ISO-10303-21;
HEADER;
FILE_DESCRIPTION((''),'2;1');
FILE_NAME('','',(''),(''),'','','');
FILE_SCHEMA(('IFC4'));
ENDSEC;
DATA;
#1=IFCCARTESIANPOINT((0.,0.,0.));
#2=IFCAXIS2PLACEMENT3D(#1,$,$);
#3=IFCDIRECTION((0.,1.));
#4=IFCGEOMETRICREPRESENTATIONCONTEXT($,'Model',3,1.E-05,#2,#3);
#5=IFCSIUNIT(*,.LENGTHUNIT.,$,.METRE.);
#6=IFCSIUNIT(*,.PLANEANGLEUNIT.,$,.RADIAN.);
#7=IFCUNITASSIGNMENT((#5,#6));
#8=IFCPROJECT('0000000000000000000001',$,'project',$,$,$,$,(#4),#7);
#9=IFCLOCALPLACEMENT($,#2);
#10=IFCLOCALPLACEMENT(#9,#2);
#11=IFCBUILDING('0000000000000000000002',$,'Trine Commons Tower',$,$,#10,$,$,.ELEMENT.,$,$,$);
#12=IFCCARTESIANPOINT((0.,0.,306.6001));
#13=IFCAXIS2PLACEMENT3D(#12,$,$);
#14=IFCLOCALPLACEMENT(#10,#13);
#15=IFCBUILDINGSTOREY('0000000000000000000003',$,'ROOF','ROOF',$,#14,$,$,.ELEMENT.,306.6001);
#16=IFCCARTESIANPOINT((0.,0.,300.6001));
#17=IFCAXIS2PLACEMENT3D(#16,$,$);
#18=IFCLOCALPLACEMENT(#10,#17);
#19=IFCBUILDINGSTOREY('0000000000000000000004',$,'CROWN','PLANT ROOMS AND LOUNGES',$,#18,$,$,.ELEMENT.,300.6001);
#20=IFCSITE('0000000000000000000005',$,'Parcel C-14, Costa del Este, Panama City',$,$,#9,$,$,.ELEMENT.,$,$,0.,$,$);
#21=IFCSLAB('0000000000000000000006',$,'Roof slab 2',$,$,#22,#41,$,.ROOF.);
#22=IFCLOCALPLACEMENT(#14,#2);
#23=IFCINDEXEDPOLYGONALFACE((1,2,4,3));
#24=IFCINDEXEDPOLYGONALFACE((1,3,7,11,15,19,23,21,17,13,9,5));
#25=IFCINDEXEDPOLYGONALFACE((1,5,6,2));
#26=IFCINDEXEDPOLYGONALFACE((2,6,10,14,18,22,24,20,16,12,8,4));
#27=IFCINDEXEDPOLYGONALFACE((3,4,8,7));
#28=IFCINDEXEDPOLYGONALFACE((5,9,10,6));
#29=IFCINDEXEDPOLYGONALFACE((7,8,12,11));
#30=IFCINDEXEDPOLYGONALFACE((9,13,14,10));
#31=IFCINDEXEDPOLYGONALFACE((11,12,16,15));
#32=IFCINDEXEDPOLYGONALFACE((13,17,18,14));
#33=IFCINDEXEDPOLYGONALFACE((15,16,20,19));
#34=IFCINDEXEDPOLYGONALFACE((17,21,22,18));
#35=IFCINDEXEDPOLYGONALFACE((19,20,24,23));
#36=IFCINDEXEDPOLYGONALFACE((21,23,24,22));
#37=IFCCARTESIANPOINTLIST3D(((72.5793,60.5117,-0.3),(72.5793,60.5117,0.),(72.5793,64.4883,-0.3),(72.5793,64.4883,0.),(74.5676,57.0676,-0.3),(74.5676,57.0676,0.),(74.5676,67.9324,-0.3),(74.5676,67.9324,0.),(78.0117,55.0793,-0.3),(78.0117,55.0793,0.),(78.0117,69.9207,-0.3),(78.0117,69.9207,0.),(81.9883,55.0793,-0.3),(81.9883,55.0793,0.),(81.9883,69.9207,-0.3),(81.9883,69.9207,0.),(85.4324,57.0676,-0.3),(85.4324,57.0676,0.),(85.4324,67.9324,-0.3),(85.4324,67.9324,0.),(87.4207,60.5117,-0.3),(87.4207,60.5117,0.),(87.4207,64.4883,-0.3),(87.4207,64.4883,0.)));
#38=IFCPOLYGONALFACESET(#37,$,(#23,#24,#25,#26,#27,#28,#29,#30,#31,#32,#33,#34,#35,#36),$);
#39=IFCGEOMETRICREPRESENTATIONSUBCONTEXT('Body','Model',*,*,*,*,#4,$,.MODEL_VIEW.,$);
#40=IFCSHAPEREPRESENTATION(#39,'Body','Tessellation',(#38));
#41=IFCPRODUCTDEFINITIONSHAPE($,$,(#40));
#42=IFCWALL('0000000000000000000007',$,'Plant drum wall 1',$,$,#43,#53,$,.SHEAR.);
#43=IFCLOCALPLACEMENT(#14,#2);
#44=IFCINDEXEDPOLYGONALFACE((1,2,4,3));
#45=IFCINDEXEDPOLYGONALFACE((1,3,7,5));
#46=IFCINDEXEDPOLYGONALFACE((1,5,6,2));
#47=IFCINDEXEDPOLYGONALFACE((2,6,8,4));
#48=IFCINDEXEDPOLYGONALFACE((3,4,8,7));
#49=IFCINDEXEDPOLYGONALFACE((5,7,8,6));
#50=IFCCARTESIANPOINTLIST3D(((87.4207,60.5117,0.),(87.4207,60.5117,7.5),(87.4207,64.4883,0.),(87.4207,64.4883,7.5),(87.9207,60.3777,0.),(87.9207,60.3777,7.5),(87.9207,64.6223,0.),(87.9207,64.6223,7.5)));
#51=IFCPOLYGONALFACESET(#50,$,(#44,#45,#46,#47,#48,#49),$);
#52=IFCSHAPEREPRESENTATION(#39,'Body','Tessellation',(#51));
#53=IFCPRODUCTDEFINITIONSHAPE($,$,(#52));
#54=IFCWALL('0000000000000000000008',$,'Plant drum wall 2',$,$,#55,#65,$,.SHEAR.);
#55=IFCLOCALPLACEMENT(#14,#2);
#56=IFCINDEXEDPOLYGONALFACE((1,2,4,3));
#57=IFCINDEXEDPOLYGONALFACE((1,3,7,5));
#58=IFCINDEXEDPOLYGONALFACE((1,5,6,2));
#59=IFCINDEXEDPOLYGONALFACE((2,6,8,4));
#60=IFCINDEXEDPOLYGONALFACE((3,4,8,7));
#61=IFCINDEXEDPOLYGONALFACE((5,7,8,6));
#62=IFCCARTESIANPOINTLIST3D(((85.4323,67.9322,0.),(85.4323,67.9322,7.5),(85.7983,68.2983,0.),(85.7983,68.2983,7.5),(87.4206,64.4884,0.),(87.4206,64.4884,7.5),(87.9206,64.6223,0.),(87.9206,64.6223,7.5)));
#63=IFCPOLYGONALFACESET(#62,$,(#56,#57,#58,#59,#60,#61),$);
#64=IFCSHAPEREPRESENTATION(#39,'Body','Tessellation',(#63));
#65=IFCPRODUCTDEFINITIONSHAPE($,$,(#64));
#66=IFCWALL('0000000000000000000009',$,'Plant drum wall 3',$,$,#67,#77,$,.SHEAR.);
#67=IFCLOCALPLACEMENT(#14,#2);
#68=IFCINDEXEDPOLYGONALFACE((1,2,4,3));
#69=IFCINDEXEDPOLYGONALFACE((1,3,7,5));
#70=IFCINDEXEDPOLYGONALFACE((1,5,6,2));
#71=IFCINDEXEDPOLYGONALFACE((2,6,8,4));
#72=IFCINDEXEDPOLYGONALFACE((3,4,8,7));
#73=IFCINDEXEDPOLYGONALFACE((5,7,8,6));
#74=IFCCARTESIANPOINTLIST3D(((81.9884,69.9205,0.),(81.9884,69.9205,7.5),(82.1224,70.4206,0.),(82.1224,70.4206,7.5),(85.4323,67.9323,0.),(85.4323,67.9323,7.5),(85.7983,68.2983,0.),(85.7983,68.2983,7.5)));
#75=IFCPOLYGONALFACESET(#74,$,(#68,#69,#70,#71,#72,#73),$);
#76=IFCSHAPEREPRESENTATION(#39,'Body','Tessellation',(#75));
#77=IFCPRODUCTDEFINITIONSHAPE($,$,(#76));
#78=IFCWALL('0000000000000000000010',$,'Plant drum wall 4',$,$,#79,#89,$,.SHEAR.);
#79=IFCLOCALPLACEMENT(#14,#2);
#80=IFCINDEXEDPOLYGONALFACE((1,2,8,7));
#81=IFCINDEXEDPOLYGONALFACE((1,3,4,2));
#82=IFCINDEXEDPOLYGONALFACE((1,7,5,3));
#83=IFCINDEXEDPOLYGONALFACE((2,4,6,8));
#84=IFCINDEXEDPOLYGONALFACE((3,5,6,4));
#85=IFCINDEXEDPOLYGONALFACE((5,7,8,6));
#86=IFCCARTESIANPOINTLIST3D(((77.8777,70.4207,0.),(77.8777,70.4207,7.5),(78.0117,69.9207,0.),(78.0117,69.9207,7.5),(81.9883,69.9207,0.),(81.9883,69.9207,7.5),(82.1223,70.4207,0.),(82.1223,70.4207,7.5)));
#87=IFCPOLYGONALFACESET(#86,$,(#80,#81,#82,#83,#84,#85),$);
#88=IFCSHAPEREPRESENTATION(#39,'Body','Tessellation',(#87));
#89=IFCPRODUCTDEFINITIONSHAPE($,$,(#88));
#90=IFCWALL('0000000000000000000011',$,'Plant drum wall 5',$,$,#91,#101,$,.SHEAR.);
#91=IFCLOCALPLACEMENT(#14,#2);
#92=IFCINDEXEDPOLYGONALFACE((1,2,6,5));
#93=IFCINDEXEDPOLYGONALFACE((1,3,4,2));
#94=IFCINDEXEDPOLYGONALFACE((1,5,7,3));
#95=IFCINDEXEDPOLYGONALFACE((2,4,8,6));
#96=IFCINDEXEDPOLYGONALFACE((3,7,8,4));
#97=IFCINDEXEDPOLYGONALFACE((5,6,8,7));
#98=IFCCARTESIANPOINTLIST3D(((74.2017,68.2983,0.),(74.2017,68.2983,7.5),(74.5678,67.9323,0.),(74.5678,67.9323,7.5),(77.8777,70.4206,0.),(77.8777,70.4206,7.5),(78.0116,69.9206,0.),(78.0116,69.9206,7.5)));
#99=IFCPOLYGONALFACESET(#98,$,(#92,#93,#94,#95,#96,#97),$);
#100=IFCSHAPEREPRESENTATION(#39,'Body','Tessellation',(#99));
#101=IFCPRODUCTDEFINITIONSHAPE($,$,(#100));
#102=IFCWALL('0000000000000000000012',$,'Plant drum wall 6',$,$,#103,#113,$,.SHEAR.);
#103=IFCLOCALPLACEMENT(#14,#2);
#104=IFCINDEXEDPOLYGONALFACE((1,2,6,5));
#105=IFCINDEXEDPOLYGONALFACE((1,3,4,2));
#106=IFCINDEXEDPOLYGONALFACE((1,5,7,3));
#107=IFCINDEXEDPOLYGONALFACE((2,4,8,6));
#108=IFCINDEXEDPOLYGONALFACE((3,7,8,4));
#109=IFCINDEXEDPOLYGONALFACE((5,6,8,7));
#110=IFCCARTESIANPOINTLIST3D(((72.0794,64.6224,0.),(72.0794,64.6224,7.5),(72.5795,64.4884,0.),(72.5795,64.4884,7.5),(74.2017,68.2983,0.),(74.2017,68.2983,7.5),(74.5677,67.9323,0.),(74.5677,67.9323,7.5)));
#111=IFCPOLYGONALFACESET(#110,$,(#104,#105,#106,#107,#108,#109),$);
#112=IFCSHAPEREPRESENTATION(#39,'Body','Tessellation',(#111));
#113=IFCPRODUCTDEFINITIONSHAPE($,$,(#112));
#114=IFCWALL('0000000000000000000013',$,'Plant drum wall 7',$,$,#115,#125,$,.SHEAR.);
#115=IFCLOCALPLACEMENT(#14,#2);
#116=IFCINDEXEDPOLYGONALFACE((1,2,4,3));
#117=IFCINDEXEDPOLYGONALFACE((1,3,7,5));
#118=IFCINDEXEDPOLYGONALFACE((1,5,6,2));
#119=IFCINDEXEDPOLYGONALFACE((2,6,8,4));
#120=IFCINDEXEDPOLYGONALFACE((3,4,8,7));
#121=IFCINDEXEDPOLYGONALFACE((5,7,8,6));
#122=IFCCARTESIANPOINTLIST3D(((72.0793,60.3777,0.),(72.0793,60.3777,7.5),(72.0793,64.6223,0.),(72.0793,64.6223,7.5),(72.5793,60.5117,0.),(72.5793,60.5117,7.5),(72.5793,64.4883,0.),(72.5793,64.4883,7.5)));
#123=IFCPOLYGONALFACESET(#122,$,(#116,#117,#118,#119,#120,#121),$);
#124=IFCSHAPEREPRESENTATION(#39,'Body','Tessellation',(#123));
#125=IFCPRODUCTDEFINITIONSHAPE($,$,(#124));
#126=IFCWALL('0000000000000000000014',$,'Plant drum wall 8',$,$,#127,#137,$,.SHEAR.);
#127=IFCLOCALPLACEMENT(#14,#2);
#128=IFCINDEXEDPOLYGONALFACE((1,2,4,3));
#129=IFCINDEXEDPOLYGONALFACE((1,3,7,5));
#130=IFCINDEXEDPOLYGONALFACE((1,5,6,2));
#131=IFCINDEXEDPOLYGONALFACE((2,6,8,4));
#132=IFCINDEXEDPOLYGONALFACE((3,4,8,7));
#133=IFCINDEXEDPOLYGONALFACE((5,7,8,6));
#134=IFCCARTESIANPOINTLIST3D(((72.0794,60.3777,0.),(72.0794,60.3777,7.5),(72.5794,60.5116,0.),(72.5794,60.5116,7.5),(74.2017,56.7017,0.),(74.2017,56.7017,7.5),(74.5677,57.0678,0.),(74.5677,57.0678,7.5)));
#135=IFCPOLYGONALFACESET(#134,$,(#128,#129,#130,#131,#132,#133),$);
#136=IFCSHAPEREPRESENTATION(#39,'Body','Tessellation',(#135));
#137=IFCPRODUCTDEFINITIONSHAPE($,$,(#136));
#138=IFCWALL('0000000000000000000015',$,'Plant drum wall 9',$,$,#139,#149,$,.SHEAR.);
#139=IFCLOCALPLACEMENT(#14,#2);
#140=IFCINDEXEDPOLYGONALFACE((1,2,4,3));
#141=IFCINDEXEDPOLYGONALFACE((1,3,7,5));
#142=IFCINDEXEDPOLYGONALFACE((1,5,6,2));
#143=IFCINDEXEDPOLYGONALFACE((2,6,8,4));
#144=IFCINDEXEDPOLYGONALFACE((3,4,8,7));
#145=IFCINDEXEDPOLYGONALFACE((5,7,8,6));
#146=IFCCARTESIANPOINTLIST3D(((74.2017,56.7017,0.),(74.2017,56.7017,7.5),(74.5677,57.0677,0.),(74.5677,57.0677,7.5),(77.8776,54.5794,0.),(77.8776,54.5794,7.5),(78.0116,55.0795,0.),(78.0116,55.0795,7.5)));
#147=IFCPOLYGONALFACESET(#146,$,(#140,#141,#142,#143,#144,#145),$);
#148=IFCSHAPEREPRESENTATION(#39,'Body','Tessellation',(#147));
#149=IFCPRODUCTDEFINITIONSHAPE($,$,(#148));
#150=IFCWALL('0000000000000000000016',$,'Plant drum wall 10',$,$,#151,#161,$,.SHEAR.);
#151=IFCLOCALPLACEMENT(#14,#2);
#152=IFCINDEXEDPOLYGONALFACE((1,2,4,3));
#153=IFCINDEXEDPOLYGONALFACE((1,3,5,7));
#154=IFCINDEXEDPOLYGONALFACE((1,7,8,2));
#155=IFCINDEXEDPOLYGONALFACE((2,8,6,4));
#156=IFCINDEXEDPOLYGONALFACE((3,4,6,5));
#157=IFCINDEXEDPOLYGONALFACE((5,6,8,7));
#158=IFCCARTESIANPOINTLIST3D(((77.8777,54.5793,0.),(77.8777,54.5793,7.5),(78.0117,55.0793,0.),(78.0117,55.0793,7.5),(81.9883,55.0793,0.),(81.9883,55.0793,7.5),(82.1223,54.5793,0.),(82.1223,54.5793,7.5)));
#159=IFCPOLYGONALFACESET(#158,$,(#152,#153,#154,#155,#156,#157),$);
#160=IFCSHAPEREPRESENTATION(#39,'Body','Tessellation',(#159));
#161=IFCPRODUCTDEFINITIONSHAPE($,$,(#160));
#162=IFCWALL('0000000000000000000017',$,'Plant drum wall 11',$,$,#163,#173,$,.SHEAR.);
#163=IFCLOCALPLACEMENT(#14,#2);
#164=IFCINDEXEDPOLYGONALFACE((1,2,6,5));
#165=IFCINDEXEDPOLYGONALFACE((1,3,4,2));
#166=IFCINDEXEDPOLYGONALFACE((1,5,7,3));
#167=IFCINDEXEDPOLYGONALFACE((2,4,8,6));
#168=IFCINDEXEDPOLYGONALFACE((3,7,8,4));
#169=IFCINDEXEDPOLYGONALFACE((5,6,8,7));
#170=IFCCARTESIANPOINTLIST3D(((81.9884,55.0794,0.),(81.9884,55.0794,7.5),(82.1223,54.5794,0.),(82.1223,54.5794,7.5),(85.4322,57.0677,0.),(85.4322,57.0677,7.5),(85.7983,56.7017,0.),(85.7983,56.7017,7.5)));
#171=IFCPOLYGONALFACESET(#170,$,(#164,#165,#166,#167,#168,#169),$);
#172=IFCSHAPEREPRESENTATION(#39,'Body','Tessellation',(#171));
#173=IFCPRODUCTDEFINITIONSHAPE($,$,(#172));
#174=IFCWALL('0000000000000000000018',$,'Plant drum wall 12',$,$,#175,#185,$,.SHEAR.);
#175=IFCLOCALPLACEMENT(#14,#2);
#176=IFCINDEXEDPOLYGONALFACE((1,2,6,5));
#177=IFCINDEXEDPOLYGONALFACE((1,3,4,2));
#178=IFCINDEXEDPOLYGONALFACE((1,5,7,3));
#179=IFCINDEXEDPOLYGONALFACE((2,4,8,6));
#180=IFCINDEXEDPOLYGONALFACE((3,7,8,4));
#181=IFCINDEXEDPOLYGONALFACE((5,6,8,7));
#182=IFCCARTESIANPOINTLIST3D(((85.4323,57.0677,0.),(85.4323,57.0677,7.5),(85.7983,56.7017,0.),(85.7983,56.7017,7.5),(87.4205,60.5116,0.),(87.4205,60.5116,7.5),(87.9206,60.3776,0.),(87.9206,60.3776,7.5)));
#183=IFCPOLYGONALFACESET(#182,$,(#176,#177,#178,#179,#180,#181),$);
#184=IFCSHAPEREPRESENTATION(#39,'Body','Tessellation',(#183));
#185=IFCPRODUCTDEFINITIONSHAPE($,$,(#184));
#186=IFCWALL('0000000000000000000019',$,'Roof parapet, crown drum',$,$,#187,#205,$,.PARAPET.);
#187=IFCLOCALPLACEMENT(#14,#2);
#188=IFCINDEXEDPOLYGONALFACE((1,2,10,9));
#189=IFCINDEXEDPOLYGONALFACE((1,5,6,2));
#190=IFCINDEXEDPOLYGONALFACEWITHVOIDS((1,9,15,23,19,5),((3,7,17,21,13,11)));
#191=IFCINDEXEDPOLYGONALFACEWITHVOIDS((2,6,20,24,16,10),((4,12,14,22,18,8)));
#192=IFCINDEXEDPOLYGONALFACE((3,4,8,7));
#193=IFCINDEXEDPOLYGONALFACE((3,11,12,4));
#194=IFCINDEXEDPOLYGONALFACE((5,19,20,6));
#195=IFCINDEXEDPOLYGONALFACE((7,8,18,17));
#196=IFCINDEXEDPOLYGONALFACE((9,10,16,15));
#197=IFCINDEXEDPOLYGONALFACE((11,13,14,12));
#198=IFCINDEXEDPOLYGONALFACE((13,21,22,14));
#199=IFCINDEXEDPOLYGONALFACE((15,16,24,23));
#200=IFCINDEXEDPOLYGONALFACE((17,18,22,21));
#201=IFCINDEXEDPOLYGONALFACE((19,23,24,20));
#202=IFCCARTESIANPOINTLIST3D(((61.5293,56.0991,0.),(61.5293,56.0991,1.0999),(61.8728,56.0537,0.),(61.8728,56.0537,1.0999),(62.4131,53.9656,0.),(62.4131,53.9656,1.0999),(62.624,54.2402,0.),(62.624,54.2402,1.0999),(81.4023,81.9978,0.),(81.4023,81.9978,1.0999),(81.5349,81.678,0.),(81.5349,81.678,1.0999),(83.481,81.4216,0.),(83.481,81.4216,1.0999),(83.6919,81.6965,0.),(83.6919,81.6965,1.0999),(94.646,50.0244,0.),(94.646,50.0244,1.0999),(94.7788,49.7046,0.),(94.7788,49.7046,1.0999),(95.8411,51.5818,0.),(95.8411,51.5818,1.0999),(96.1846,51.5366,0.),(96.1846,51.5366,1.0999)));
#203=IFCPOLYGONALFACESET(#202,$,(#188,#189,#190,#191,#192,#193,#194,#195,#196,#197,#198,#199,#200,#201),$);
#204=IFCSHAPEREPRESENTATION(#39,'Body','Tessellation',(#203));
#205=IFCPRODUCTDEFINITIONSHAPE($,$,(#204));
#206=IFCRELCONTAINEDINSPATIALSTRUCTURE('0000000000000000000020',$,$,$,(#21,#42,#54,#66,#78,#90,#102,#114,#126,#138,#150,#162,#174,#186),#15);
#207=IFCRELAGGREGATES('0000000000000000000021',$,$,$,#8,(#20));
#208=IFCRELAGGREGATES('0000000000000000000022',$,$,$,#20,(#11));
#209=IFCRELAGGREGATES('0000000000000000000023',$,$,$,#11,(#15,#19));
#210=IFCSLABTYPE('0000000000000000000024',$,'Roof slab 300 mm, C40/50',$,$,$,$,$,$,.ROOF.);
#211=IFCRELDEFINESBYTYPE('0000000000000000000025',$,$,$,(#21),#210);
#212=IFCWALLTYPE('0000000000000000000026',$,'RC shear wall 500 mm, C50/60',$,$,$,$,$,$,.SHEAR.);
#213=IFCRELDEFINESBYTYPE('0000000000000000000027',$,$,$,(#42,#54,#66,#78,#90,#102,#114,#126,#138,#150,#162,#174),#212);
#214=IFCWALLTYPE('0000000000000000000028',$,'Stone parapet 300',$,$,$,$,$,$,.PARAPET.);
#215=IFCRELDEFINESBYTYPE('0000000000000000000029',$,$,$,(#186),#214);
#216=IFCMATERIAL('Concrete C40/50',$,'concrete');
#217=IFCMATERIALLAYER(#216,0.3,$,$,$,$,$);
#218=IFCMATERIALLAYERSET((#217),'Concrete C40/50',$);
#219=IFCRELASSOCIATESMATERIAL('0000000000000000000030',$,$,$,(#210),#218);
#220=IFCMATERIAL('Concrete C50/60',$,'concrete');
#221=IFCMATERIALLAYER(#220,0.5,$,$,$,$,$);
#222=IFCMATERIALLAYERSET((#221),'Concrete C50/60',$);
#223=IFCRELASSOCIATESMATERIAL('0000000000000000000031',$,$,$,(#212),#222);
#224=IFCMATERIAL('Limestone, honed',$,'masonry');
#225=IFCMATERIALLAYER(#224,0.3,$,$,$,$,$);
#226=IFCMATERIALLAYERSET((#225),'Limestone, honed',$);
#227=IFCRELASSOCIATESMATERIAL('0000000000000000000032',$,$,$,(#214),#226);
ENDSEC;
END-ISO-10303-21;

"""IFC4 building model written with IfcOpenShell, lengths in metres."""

from ifc_helpers import new_model, si_unit, direction, frame, origin, place, context, subcontext, project, spatial, polyline, outline, extrude, material, layer, layer_set, type_object, element, save


model = new_model("IFC4")

# Units and contexts
model_context = context("Model", 3, precision=1e-05, world=origin(), true_north=direction((0.0, 1.0)))
body_context = subcontext(model_context, "Body", "Model", "MODEL_VIEW")
ifc_project = project(units=[si_unit("LENGTHUNIT", "METRE"), si_unit("PLANEANGLEUNIT", "RADIAN")], contexts=[model_context])

# Site, building, storey
site_placement = place(None, origin())
site = spatial("IfcSite", under=ifc_project, at=site_placement, Name="Parcel C-14, Costa del Este, Panama City", CompositionType="ELEMENT", RefElevation=0.0)
building_placement = place(site_placement, origin())
building = spatial("IfcBuilding", under=site, at=building_placement, Name="Trine Commons Tower", CompositionType="ELEMENT")
storey_1_placement = place(building_placement, frame((0.0, 0.0, 306.6001)))
storey_1 = spatial("IfcBuildingStorey", under=building, at=storey_1_placement, Name="ROOF", Description="ROOF", CompositionType="ELEMENT", Elevation=306.6001)

# Shared definitions
ifc_material_1 = material(Name="Concrete C40/50", Category="concrete")
ifc_layer_1 = layer(ifc_material_1, 0.3)
ifc_layer_set_1 = layer_set([ifc_layer_1], Name="Concrete C40/50")
slab_type = type_object("IfcSlabType", Name="Roof slab 300 mm, C40/50", PredefinedType="ROOF", material=ifc_layer_set_1)

# Shared definitions
storey_2_placement = place(building_placement, frame((0.0, 0.0, 300.6001)))
storey_2 = spatial("IfcBuildingStorey", under=building, at=storey_2_placement, Name="CROWN", Description="PLANT ROOMS AND LOUNGES", CompositionType="ELEMENT", Elevation=300.6001)

# Slab
slab_1_placement = place(storey_1_placement, frame((0.0, 0.0, -0.3)))
element("IfcSlab", 1, at=slab_1_placement, inside=storey_1, type_object=slab_type, Name="Roof slab 2", PredefinedType="ROOF", context=body_context, shape_type="SweptSolid", body=[
    extrude(outline(polyline([(85.4324, 67.9324), (81.9883, 69.9207), (78.0117, 69.9207), (74.5676, 67.9324), (72.5793, 64.4883), (72.5793, 60.5117), (74.5676, 57.0676), (78.0117, 55.0793), (81.9883, 55.0793), (85.4324, 57.0676), (87.4207, 60.5117), (87.4207, 64.4883), (85.4324, 67.9324)])), origin(), (0.0, 0.0, 1.0), 0.3),
])

# Walls
ifc_material_2 = material(Name="Concrete C50/60", Category="concrete")
ifc_layer_2 = layer(ifc_material_2, 0.5)
ifc_layer_set_2 = layer_set([ifc_layer_2], Name="Concrete C50/60")
wall_type_1 = type_object("IfcWallType", Name="RC shear wall 500 mm, C50/60", PredefinedType="SHEAR", material=ifc_layer_set_2)
for number, where, z_axis, x_axis, name in (
    (2, (87.6707, 60.3777, 0.0), (0.0, 0.0, 1.0), (0.0, 1.0, 0.0), "Plant drum wall 1"),
    (3, (87.7041, 64.4973, 0.0), (0.0, 0.0, 1.0), (-0.499993, 0.866029, 0.0), "Plant drum wall 2"),
    (4, (85.6733, 68.0818, 0.0), (0.0, 0.0, 1.0), (-0.866029, 0.499993, 0.0), "Plant drum wall 3"),
    (5, (82.1223, 70.1707, 0.0), (0.0, 0.0, 1.0), (-1.0, 0.0, 0.0), "Plant drum wall 4"),
    (6, (78.0027, 70.2041, 0.0), (0.0, 0.0, 1.0), (-0.866029, -0.499993, 0.0), "Plant drum wall 5"),
    (7, (74.4182, 68.1733, 0.0), (0.0, 0.0, 1.0), (-0.499993, -0.866029, 0.0), "Plant drum wall 6"),
    (8, (72.3293, 64.6223, 0.0), (0.0, 0.0, 1.0), (0.0, -1.0, 0.0), "Plant drum wall 7"),
    (9, (72.2959, 60.5027, 0.0), (0.0, 0.0, 1.0), (0.499993, -0.866029, 0.0), "Plant drum wall 8"),
    (10, (74.3267, 56.9182, 0.0), (0.0, 0.0, 1.0), (0.866029, -0.499993, 0.0), "Plant drum wall 9"),
    (11, (77.8777, 54.8293, 0.0), (0.0, 0.0, 1.0), (1.0, 0.0, 0.0), "Plant drum wall 10"),
    (12, (81.9973, 54.7959, 0.0), (0.0, 0.0, 1.0), (0.866029, 0.499993, 0.0), "Plant drum wall 11"),
    (13, (85.5818, 56.8267, 0.0), (0.0, 0.0, 1.0), (0.499993, 0.866029, 0.0), "Plant drum wall 12"),
):
    element("IfcWall", number, at=place(storey_1_placement, frame(where, z_axis=z_axis, x_axis=x_axis)), inside=storey_1, type_object=wall_type_1, Name=name, PredefinedType="SHEAR", context=body_context, shape_type="SweptSolid", body=[
        extrude(outline(polyline([(0.0, -0.25), (4.2446, -0.25), (4.1106, 0.25), (0.134, 0.25), (0.0, -0.25)])), origin(), (0.0, 0.0, 1.0), 7.5),
    ])
ifc_material_3 = material(Name="Limestone, honed", Category="masonry")
ifc_layer_3 = layer(ifc_material_3, 0.3)
ifc_layer_set_3 = layer_set([ifc_layer_3], Name="Limestone, honed")
wall_type_2 = type_object("IfcWallType", Name="Stone parapet 300", PredefinedType="PARAPET", material=ifc_layer_set_3)
wall_placement = place(storey_1_placement, origin())
element("IfcWall", 14, at=wall_placement, inside=storey_1, type_object=wall_type_2, Name="Roof parapet, crown drum", PredefinedType="PARAPET", context=body_context, shape_type="SweptSolid", body=[
    extrude(outline(polyline([(62.4131, 53.9656), (94.7788, 49.7046), (96.1846, 51.5366), (83.6919, 81.6965), (81.4023, 81.9978), (61.5293, 56.0991), (62.4131, 53.9656)]), holes=[polyline([(62.624, 54.2402), (94.646, 50.0244), (95.8411, 51.5818), (83.481, 81.4216), (81.5349, 81.678), (61.8728, 56.0537), (62.624, 54.2402)])]), origin(), (0.0, 0.0, 1.0), 1.0999),
])

save(model, "model.ifc")
